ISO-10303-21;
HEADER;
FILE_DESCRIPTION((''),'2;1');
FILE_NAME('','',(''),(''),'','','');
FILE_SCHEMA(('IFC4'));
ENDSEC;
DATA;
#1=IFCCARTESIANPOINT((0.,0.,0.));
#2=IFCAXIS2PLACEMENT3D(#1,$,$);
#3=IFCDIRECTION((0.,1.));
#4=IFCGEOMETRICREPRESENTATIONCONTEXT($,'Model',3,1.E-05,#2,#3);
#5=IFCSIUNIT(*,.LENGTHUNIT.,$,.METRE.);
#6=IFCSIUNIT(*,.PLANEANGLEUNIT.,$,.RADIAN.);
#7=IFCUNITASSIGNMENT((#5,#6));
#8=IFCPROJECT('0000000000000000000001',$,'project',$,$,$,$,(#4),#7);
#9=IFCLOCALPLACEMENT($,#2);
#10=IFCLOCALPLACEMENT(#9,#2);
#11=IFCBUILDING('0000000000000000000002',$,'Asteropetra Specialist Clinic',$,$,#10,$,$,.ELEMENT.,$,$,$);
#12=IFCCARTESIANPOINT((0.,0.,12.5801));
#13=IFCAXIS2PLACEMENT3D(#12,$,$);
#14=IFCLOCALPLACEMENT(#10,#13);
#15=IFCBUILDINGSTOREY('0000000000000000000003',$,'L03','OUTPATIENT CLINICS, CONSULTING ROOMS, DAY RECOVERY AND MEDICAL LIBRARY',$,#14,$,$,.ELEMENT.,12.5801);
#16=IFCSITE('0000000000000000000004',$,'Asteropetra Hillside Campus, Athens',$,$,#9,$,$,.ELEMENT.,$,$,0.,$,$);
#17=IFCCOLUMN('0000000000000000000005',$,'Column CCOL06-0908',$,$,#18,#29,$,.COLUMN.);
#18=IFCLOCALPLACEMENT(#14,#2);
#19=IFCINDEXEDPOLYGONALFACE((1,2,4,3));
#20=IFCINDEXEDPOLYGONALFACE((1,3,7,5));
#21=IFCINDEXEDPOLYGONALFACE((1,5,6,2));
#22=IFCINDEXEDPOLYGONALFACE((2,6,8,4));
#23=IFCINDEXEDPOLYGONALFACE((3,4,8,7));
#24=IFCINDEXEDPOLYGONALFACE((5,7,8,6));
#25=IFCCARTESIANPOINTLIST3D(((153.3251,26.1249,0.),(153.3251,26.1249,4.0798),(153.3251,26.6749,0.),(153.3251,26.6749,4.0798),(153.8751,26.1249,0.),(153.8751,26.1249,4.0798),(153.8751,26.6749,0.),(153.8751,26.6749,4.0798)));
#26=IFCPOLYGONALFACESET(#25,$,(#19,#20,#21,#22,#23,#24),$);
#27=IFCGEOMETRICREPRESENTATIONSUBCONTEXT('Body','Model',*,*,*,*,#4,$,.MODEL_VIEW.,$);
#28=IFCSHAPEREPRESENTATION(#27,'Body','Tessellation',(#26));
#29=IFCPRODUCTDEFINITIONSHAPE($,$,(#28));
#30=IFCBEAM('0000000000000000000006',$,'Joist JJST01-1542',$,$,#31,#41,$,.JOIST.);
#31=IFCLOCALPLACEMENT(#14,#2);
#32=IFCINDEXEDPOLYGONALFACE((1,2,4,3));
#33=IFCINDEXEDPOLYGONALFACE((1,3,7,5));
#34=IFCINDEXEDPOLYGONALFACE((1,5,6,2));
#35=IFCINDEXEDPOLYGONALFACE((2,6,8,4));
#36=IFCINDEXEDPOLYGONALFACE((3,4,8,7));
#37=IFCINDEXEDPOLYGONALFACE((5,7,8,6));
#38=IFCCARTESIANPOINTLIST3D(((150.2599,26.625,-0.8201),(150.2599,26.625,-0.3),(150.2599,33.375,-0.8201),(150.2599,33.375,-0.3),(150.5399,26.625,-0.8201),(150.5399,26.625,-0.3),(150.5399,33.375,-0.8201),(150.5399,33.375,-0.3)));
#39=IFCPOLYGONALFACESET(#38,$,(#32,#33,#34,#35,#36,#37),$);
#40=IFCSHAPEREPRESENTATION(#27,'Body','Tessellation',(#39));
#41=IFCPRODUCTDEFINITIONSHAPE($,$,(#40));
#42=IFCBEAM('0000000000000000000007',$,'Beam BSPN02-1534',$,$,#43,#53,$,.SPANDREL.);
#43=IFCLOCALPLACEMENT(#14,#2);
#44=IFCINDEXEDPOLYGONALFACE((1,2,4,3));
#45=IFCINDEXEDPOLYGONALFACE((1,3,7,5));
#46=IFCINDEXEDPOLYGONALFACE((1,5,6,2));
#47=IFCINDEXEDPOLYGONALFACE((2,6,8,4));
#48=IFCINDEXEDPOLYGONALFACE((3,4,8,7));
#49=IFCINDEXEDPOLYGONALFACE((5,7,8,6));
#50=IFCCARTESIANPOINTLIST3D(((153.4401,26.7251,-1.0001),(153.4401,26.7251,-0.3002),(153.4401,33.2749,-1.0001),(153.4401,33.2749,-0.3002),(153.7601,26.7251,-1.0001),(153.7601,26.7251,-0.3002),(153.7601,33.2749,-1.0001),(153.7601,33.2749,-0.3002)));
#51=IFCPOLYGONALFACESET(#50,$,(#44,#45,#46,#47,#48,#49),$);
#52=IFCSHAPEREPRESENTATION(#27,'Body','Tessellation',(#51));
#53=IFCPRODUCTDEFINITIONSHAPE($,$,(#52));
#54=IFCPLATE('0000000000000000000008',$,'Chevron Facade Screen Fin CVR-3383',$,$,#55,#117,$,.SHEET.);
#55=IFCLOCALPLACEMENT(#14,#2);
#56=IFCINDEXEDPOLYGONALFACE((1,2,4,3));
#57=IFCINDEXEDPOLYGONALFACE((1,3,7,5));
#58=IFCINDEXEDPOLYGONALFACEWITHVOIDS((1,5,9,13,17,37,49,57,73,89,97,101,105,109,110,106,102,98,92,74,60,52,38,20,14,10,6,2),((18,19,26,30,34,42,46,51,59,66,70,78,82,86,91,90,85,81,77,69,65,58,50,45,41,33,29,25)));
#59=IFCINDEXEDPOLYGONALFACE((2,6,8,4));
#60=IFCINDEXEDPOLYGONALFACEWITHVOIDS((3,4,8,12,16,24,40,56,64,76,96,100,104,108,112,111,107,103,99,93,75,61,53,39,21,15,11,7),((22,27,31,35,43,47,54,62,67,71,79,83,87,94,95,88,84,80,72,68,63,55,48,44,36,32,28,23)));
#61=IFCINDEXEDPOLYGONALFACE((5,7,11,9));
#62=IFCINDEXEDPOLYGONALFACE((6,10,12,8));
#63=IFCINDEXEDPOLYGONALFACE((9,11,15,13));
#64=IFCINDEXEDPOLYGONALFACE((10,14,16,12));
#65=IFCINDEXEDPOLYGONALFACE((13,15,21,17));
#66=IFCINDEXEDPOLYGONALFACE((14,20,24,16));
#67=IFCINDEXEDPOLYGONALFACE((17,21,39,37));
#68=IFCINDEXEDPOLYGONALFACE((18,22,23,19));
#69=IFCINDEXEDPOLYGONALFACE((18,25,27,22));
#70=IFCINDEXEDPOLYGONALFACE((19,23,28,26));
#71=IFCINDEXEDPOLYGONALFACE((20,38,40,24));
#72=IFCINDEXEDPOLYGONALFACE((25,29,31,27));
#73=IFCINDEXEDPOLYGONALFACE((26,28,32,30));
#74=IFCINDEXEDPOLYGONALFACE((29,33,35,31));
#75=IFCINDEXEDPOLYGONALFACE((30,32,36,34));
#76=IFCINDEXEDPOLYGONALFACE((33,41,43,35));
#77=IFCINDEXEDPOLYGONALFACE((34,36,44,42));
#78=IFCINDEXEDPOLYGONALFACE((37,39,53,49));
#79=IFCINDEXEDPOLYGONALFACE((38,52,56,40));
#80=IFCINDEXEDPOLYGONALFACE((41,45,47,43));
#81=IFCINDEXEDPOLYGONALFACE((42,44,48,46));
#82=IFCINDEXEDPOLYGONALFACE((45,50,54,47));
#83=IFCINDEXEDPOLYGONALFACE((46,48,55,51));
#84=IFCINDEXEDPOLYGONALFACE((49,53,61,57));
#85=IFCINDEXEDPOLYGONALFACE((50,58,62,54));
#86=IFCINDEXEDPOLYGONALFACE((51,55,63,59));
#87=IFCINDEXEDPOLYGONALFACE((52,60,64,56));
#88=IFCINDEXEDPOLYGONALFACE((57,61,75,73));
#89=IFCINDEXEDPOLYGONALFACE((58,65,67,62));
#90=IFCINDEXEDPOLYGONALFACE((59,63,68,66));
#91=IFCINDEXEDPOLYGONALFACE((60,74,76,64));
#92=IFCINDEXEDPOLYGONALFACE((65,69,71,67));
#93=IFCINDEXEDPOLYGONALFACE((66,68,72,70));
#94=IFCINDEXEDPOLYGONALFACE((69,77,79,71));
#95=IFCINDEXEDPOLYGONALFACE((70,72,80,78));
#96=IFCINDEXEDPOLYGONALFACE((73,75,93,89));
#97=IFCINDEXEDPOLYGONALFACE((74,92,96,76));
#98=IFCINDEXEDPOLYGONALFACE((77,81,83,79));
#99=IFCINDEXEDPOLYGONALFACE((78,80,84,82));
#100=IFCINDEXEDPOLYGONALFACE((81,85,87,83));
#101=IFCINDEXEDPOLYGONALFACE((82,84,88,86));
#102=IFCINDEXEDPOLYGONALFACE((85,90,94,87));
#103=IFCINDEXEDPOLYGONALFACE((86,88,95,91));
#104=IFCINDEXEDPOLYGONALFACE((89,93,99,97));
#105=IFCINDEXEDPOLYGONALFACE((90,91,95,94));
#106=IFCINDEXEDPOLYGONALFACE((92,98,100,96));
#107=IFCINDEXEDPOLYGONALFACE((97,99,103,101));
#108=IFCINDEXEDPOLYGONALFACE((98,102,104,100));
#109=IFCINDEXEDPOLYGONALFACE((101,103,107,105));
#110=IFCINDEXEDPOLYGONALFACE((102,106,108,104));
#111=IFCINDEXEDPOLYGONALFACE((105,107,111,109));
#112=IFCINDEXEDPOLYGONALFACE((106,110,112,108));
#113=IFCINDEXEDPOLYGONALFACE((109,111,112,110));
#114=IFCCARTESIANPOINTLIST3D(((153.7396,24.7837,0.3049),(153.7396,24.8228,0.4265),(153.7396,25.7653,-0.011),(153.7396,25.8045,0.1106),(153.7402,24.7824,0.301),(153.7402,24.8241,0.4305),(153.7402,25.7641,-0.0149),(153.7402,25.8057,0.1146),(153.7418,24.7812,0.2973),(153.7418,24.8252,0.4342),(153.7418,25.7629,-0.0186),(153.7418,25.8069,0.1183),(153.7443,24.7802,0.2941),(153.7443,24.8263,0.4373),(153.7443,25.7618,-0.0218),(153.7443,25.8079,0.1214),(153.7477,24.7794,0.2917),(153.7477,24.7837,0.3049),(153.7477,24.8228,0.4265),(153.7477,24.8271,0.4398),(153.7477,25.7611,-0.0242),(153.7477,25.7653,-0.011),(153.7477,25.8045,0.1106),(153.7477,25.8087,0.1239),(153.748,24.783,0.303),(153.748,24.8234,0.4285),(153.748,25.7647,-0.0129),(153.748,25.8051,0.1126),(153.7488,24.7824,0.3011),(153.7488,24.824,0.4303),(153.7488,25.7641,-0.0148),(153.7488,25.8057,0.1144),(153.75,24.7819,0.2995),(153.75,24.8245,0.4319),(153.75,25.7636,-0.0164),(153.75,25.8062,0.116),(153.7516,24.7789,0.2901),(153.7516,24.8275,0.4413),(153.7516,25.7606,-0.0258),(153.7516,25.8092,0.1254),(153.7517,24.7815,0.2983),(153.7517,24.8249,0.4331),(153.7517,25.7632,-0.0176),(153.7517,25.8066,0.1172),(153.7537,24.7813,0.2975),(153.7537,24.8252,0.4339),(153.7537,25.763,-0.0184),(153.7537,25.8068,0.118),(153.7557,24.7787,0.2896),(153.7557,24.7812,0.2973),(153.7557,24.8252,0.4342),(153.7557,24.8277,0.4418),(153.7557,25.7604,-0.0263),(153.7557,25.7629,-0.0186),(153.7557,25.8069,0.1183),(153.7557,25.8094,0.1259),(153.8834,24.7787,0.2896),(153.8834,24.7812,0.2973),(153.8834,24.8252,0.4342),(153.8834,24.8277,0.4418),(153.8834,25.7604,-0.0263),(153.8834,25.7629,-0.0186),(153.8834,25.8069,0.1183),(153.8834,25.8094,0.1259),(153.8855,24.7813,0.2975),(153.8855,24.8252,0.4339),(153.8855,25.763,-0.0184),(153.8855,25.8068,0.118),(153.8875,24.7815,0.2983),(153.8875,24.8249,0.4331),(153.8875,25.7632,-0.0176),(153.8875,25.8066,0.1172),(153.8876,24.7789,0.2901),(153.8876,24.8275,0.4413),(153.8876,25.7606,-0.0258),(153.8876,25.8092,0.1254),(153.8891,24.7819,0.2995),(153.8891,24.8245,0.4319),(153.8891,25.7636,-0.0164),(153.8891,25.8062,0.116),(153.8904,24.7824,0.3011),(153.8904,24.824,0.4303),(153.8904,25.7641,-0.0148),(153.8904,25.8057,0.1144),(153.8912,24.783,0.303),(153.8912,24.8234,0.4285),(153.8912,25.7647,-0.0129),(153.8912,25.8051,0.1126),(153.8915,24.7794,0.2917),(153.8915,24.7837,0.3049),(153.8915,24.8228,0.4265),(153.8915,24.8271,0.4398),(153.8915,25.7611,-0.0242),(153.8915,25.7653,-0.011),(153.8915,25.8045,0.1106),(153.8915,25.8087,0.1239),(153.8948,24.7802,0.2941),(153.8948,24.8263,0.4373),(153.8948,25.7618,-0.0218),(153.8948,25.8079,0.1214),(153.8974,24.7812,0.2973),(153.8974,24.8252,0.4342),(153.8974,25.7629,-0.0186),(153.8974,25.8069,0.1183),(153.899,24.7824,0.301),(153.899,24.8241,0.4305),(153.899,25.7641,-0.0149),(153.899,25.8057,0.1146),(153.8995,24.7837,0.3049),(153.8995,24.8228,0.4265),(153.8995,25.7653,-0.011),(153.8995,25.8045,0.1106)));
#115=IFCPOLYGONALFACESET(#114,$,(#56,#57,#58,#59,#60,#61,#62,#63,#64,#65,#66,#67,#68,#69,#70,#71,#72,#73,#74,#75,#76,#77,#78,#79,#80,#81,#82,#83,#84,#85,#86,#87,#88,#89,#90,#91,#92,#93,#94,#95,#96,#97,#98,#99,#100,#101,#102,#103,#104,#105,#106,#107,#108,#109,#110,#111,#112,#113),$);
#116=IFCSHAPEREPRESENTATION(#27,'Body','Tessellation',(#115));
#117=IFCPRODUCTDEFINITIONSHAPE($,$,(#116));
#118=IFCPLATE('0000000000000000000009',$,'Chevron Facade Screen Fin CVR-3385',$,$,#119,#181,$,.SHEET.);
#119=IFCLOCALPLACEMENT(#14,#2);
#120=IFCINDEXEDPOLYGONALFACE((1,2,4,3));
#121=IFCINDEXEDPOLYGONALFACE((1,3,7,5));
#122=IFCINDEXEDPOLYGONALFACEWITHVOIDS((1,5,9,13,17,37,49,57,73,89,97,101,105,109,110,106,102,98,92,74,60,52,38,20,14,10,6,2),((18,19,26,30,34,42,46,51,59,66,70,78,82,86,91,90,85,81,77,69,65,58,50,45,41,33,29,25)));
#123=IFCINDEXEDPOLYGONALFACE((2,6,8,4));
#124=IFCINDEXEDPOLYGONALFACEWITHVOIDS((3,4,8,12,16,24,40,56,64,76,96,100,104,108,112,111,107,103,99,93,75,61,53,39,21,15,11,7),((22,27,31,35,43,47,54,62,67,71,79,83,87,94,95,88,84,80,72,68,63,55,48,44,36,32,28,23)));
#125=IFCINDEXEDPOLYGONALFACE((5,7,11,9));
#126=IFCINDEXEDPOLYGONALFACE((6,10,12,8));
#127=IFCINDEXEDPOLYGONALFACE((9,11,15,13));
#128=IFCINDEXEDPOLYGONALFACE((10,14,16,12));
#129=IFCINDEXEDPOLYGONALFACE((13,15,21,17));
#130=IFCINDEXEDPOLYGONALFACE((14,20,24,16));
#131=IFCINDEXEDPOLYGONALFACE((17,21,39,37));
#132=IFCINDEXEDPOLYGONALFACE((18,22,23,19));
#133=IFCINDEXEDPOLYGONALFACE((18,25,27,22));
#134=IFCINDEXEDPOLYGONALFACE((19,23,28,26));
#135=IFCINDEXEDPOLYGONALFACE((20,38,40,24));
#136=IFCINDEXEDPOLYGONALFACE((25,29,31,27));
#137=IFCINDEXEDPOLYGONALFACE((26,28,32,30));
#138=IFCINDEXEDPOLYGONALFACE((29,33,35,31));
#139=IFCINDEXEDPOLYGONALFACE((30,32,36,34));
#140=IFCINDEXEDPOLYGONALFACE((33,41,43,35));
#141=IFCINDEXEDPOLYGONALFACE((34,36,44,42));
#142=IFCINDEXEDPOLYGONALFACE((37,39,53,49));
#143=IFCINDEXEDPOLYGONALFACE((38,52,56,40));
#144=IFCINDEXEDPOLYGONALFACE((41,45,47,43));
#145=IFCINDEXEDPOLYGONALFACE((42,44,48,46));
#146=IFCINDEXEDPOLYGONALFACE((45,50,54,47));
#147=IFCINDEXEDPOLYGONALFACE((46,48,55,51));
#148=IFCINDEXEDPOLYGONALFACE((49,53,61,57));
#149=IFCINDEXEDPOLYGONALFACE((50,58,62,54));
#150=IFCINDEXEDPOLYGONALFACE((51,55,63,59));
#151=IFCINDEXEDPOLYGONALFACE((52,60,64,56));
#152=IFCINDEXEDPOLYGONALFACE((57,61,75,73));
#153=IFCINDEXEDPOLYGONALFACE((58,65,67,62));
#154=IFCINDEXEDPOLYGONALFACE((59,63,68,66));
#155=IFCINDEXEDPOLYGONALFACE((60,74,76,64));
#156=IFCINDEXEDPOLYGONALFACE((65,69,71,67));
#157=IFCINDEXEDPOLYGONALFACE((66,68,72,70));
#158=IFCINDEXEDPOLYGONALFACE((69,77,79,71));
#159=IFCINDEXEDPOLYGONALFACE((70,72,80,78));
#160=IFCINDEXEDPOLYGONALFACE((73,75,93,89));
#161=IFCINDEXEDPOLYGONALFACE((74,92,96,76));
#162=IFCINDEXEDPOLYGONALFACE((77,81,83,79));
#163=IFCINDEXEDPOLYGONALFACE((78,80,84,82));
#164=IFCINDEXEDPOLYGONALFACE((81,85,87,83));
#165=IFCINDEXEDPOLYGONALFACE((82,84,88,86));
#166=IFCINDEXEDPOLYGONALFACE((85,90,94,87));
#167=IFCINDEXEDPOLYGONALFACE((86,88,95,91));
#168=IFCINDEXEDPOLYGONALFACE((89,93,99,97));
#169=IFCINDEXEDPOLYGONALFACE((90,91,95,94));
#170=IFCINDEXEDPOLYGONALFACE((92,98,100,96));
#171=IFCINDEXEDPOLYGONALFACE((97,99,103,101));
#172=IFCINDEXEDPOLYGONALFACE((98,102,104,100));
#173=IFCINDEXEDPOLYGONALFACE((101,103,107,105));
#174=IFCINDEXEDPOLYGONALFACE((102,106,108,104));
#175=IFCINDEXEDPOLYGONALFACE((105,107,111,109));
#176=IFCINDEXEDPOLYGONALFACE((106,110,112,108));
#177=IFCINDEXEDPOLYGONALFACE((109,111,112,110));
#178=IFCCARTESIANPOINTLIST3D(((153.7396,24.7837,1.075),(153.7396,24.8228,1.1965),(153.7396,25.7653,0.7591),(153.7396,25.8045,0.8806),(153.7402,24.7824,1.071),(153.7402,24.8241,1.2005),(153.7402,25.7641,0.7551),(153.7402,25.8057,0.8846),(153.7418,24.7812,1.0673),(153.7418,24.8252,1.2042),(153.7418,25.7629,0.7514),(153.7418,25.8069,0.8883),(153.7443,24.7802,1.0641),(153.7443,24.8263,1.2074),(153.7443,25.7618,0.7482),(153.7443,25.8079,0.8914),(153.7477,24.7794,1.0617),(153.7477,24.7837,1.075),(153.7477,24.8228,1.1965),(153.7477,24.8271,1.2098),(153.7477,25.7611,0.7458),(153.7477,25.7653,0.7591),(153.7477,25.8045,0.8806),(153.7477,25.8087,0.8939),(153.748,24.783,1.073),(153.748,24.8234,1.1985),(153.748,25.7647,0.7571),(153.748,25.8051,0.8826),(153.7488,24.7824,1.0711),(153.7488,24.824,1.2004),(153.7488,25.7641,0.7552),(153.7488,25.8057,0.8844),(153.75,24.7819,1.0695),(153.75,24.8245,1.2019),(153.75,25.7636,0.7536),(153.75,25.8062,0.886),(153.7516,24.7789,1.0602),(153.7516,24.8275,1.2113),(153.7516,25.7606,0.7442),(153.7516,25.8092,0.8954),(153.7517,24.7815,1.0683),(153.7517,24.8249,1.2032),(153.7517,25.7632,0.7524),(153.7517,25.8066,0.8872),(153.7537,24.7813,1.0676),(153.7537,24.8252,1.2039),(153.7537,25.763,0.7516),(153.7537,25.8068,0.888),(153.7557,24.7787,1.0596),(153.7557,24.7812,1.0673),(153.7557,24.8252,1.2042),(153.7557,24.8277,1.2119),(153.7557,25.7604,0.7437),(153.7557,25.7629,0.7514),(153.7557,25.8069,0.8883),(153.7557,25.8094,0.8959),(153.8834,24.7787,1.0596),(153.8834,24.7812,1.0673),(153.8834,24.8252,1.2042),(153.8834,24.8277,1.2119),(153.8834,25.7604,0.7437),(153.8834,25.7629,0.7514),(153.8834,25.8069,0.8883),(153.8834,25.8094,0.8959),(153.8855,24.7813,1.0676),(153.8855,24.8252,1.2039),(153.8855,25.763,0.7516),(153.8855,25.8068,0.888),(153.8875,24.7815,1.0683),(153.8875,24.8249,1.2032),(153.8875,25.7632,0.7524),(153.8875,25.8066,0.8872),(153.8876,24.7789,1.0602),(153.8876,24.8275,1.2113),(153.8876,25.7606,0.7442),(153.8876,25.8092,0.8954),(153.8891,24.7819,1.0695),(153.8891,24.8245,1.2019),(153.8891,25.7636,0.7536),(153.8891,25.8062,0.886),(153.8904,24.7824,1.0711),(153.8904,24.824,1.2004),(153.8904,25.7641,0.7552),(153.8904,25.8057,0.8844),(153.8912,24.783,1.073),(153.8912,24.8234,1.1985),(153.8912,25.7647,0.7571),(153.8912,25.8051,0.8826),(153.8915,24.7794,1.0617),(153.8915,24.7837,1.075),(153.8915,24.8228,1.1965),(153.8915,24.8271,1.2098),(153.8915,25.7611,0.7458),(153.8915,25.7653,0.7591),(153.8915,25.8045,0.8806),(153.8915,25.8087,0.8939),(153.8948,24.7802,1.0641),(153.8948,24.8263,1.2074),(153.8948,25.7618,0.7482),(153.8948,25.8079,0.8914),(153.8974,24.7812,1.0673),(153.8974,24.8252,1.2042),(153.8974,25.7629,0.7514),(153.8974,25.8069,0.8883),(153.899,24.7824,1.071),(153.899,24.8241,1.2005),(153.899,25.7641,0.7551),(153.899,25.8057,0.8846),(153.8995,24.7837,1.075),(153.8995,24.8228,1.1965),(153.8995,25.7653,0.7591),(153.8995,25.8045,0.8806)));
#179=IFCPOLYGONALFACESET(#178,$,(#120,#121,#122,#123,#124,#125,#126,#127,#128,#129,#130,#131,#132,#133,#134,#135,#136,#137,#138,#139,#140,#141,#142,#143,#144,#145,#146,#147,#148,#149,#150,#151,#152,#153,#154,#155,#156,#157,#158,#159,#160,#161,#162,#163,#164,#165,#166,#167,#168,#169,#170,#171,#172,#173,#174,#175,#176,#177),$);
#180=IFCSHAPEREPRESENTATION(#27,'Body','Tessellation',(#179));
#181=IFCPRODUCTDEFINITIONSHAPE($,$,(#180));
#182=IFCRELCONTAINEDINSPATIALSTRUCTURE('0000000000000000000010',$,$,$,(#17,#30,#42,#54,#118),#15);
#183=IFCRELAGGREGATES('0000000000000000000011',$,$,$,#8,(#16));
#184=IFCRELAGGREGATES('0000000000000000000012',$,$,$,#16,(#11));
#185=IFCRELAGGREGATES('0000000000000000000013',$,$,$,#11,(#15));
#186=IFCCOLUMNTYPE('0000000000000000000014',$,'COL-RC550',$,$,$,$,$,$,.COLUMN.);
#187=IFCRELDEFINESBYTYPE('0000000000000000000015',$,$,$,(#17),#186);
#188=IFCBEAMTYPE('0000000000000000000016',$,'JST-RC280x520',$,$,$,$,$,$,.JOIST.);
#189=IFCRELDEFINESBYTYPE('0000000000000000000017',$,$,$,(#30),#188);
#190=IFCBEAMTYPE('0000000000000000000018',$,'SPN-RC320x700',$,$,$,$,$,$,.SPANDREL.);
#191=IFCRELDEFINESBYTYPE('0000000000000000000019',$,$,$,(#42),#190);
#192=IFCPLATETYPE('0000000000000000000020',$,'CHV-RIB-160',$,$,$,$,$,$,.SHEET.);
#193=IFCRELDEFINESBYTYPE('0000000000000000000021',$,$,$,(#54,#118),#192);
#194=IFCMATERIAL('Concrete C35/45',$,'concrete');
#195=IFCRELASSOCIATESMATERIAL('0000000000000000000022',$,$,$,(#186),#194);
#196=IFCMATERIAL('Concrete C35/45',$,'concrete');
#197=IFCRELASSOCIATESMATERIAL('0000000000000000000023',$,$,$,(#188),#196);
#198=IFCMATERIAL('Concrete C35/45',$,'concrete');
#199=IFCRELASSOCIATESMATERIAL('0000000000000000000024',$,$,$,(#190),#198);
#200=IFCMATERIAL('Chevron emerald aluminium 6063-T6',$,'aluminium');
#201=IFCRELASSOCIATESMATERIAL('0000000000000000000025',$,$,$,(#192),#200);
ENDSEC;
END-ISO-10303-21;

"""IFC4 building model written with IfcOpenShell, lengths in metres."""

from ifc_helpers import new_model, si_unit, direction, frame, origin, origin_2d, place, context, subcontext, project, spatial, rectangle, hollow_rectangle, extrude, material, material_profile, profile_set, type_object, element, save


model = new_model("IFC4")

# Units and contexts
model_context = context("Model", 3, precision=1e-05, world=origin(), true_north=direction((0.0, 1.0)))
body_context = subcontext(model_context, "Body", "Model", "MODEL_VIEW")
ifc_project = project(units=[si_unit("LENGTHUNIT", "METRE"), si_unit("PLANEANGLEUNIT", "RADIAN")], contexts=[model_context])

# Site, building, storey
site_placement = place(None, origin())
site = spatial("IfcSite", under=ifc_project, at=site_placement, Name="Asteropetra Hillside Campus, Athens", CompositionType="ELEMENT", RefElevation=0.0)
building_placement = place(site_placement, origin())
building = spatial("IfcBuilding", under=site, at=building_placement, Name="Asteropetra Specialist Clinic", CompositionType="ELEMENT")
storey_placement = place(building_placement, frame((0.0, 0.0, 12.5801)))
storey = spatial("IfcBuildingStorey", under=building, at=storey_placement, Name="L03", Description="OUTPATIENT CLINICS, CONSULTING ROOMS, DAY RECOVERY AND MEDICAL LIBRARY", CompositionType="ELEMENT", Elevation=12.5801)

# Column
ifc_material_1 = material(Name="Concrete C35/45", Category="concrete")
ifc_material_profile_1 = material_profile(ifc_material_1, rectangle(XDim=0.55, YDim=0.55, at=origin_2d()), Name="RC 550x550")
ifc_profile_set_1 = profile_set([ifc_material_profile_1], Name="Concrete C35/45")
column_type = type_object("IfcColumnType", Name="COL-RC550", PredefinedType="COLUMN", material=ifc_profile_set_1)
column_placement = place(storey_placement, frame((153.6001, 26.3999, 0.0), z_axis=(0.0, 0.0, 1.0), x_axis=(1.0, 0.0, 0.0)))
element("IfcColumn", 1, at=column_placement, inside=storey, type_object=column_type, Name="Column CCOL06-0908", PredefinedType="COLUMN", context=body_context, shape_type="SweptSolid", body=[
    extrude(rectangle(XDim=0.55, YDim=0.55, at=origin_2d()), origin(), (0.0, 0.0, 1.0), 4.0798),
])

# Beams
ifc_material_2 = material(Name="Concrete C35/45", Category="concrete")
ifc_material_profile_2 = material_profile(ifc_material_2, rectangle(XDim=0.28, YDim=0.52, at=origin_2d()), Name="RCJ 280x520")
ifc_profile_set_2 = profile_set([ifc_material_profile_2], Name="Concrete C35/45")
beam_type_1 = type_object("IfcBeamType", Name="JST-RC280x520", PredefinedType="JOIST", material=ifc_profile_set_2)
beam_1_placement = place(storey_placement, frame((150.3999, 26.625, -0.5601), z_axis=(0.0, 1.0, 0.0), x_axis=(-1.0, 0.0, 0.0)))
element("IfcBeam", 2, at=beam_1_placement, inside=storey, type_object=beam_type_1, Name="Joist JJST01-1542", PredefinedType="JOIST", context=body_context, shape_type="SweptSolid", body=[
    extrude(rectangle(XDim=0.28, YDim=0.52, at=origin_2d()), origin(), (0.0, 0.0, 1.0), 6.75),
])
ifc_material_3 = material(Name="Concrete C35/45", Category="concrete")
ifc_material_profile_3 = material_profile(ifc_material_3, rectangle(XDim=0.3201, YDim=0.7, at=origin_2d()), Name="RCS 320x700")
ifc_profile_set_3 = profile_set([ifc_material_profile_3], Name="Concrete C35/45")
beam_type_2 = type_object("IfcBeamType", Name="SPN-RC320x700", PredefinedType="SPANDREL", material=ifc_profile_set_3)
beam_2_placement = place(storey_placement, frame((153.6001, 26.7251, -0.6501), z_axis=(0.0, 1.0, 0.0), x_axis=(-1.0, 0.0, 0.0)))
element("IfcBeam", 3, at=beam_2_placement, inside=storey, type_object=beam_type_2, Name="Beam BSPN02-1534", PredefinedType="SPANDREL", context=body_context, shape_type="SweptSolid", body=[
    extrude(rectangle(XDim=0.3201, YDim=0.7, at=origin_2d()), origin(), (0.0, 0.0, 1.0), 6.5498),
])

# Plates
ifc_material_4 = material(Name="Chevron emerald aluminium 6063-T6", Category="aluminium")
ifc_material_profile_4 = material_profile(ifc_material_4, hollow_rectangle(XDim=0.1599, YDim=0.1599, WallThickness=0.0081, InnerFilletRadius=0.0081, OuterFilletRadius=0.0161, at=origin_2d()), Name="SHS 160x160x8.0")
ifc_profile_set_4 = profile_set([ifc_material_profile_4], Name="Chevron emerald aluminium 6063-T6")
plate_type_1 = type_object("IfcPlateType", Name="CHV-RIB-160", PredefinedType="SHEET", material=ifc_profile_set_4)
for number, where, z_axis, x_axis, name in (
    (4, (153.8196, 24.8032, 0.3657), (0.0, 0.951923, -0.306339), (-1.0, 0.0, 0.0), "Chevron Facade Screen Fin CVR-3383"),
    (5, (153.8196, 24.8032, 1.1357), (0.0, 0.951923, -0.306339), (-1.0, 0.0, 0.0), "Chevron Facade Screen Fin CVR-3385"),
):
    element("IfcPlate", number, at=place(storey_placement, frame(where, z_axis=z_axis, x_axis=x_axis)), inside=storey, type_object=plate_type_1, Name=name, PredefinedType="SHEET", context=body_context, shape_type="SweptSolid", body=[
        extrude(hollow_rectangle(XDim=0.1599, YDim=0.1599, WallThickness=0.0081, InnerFilletRadius=0.0081, OuterFilletRadius=0.0161, at=origin_2d()), origin(), (0.0, 0.0, 1.0), 1.0312),
    ])

save(model, "model.ifc")
